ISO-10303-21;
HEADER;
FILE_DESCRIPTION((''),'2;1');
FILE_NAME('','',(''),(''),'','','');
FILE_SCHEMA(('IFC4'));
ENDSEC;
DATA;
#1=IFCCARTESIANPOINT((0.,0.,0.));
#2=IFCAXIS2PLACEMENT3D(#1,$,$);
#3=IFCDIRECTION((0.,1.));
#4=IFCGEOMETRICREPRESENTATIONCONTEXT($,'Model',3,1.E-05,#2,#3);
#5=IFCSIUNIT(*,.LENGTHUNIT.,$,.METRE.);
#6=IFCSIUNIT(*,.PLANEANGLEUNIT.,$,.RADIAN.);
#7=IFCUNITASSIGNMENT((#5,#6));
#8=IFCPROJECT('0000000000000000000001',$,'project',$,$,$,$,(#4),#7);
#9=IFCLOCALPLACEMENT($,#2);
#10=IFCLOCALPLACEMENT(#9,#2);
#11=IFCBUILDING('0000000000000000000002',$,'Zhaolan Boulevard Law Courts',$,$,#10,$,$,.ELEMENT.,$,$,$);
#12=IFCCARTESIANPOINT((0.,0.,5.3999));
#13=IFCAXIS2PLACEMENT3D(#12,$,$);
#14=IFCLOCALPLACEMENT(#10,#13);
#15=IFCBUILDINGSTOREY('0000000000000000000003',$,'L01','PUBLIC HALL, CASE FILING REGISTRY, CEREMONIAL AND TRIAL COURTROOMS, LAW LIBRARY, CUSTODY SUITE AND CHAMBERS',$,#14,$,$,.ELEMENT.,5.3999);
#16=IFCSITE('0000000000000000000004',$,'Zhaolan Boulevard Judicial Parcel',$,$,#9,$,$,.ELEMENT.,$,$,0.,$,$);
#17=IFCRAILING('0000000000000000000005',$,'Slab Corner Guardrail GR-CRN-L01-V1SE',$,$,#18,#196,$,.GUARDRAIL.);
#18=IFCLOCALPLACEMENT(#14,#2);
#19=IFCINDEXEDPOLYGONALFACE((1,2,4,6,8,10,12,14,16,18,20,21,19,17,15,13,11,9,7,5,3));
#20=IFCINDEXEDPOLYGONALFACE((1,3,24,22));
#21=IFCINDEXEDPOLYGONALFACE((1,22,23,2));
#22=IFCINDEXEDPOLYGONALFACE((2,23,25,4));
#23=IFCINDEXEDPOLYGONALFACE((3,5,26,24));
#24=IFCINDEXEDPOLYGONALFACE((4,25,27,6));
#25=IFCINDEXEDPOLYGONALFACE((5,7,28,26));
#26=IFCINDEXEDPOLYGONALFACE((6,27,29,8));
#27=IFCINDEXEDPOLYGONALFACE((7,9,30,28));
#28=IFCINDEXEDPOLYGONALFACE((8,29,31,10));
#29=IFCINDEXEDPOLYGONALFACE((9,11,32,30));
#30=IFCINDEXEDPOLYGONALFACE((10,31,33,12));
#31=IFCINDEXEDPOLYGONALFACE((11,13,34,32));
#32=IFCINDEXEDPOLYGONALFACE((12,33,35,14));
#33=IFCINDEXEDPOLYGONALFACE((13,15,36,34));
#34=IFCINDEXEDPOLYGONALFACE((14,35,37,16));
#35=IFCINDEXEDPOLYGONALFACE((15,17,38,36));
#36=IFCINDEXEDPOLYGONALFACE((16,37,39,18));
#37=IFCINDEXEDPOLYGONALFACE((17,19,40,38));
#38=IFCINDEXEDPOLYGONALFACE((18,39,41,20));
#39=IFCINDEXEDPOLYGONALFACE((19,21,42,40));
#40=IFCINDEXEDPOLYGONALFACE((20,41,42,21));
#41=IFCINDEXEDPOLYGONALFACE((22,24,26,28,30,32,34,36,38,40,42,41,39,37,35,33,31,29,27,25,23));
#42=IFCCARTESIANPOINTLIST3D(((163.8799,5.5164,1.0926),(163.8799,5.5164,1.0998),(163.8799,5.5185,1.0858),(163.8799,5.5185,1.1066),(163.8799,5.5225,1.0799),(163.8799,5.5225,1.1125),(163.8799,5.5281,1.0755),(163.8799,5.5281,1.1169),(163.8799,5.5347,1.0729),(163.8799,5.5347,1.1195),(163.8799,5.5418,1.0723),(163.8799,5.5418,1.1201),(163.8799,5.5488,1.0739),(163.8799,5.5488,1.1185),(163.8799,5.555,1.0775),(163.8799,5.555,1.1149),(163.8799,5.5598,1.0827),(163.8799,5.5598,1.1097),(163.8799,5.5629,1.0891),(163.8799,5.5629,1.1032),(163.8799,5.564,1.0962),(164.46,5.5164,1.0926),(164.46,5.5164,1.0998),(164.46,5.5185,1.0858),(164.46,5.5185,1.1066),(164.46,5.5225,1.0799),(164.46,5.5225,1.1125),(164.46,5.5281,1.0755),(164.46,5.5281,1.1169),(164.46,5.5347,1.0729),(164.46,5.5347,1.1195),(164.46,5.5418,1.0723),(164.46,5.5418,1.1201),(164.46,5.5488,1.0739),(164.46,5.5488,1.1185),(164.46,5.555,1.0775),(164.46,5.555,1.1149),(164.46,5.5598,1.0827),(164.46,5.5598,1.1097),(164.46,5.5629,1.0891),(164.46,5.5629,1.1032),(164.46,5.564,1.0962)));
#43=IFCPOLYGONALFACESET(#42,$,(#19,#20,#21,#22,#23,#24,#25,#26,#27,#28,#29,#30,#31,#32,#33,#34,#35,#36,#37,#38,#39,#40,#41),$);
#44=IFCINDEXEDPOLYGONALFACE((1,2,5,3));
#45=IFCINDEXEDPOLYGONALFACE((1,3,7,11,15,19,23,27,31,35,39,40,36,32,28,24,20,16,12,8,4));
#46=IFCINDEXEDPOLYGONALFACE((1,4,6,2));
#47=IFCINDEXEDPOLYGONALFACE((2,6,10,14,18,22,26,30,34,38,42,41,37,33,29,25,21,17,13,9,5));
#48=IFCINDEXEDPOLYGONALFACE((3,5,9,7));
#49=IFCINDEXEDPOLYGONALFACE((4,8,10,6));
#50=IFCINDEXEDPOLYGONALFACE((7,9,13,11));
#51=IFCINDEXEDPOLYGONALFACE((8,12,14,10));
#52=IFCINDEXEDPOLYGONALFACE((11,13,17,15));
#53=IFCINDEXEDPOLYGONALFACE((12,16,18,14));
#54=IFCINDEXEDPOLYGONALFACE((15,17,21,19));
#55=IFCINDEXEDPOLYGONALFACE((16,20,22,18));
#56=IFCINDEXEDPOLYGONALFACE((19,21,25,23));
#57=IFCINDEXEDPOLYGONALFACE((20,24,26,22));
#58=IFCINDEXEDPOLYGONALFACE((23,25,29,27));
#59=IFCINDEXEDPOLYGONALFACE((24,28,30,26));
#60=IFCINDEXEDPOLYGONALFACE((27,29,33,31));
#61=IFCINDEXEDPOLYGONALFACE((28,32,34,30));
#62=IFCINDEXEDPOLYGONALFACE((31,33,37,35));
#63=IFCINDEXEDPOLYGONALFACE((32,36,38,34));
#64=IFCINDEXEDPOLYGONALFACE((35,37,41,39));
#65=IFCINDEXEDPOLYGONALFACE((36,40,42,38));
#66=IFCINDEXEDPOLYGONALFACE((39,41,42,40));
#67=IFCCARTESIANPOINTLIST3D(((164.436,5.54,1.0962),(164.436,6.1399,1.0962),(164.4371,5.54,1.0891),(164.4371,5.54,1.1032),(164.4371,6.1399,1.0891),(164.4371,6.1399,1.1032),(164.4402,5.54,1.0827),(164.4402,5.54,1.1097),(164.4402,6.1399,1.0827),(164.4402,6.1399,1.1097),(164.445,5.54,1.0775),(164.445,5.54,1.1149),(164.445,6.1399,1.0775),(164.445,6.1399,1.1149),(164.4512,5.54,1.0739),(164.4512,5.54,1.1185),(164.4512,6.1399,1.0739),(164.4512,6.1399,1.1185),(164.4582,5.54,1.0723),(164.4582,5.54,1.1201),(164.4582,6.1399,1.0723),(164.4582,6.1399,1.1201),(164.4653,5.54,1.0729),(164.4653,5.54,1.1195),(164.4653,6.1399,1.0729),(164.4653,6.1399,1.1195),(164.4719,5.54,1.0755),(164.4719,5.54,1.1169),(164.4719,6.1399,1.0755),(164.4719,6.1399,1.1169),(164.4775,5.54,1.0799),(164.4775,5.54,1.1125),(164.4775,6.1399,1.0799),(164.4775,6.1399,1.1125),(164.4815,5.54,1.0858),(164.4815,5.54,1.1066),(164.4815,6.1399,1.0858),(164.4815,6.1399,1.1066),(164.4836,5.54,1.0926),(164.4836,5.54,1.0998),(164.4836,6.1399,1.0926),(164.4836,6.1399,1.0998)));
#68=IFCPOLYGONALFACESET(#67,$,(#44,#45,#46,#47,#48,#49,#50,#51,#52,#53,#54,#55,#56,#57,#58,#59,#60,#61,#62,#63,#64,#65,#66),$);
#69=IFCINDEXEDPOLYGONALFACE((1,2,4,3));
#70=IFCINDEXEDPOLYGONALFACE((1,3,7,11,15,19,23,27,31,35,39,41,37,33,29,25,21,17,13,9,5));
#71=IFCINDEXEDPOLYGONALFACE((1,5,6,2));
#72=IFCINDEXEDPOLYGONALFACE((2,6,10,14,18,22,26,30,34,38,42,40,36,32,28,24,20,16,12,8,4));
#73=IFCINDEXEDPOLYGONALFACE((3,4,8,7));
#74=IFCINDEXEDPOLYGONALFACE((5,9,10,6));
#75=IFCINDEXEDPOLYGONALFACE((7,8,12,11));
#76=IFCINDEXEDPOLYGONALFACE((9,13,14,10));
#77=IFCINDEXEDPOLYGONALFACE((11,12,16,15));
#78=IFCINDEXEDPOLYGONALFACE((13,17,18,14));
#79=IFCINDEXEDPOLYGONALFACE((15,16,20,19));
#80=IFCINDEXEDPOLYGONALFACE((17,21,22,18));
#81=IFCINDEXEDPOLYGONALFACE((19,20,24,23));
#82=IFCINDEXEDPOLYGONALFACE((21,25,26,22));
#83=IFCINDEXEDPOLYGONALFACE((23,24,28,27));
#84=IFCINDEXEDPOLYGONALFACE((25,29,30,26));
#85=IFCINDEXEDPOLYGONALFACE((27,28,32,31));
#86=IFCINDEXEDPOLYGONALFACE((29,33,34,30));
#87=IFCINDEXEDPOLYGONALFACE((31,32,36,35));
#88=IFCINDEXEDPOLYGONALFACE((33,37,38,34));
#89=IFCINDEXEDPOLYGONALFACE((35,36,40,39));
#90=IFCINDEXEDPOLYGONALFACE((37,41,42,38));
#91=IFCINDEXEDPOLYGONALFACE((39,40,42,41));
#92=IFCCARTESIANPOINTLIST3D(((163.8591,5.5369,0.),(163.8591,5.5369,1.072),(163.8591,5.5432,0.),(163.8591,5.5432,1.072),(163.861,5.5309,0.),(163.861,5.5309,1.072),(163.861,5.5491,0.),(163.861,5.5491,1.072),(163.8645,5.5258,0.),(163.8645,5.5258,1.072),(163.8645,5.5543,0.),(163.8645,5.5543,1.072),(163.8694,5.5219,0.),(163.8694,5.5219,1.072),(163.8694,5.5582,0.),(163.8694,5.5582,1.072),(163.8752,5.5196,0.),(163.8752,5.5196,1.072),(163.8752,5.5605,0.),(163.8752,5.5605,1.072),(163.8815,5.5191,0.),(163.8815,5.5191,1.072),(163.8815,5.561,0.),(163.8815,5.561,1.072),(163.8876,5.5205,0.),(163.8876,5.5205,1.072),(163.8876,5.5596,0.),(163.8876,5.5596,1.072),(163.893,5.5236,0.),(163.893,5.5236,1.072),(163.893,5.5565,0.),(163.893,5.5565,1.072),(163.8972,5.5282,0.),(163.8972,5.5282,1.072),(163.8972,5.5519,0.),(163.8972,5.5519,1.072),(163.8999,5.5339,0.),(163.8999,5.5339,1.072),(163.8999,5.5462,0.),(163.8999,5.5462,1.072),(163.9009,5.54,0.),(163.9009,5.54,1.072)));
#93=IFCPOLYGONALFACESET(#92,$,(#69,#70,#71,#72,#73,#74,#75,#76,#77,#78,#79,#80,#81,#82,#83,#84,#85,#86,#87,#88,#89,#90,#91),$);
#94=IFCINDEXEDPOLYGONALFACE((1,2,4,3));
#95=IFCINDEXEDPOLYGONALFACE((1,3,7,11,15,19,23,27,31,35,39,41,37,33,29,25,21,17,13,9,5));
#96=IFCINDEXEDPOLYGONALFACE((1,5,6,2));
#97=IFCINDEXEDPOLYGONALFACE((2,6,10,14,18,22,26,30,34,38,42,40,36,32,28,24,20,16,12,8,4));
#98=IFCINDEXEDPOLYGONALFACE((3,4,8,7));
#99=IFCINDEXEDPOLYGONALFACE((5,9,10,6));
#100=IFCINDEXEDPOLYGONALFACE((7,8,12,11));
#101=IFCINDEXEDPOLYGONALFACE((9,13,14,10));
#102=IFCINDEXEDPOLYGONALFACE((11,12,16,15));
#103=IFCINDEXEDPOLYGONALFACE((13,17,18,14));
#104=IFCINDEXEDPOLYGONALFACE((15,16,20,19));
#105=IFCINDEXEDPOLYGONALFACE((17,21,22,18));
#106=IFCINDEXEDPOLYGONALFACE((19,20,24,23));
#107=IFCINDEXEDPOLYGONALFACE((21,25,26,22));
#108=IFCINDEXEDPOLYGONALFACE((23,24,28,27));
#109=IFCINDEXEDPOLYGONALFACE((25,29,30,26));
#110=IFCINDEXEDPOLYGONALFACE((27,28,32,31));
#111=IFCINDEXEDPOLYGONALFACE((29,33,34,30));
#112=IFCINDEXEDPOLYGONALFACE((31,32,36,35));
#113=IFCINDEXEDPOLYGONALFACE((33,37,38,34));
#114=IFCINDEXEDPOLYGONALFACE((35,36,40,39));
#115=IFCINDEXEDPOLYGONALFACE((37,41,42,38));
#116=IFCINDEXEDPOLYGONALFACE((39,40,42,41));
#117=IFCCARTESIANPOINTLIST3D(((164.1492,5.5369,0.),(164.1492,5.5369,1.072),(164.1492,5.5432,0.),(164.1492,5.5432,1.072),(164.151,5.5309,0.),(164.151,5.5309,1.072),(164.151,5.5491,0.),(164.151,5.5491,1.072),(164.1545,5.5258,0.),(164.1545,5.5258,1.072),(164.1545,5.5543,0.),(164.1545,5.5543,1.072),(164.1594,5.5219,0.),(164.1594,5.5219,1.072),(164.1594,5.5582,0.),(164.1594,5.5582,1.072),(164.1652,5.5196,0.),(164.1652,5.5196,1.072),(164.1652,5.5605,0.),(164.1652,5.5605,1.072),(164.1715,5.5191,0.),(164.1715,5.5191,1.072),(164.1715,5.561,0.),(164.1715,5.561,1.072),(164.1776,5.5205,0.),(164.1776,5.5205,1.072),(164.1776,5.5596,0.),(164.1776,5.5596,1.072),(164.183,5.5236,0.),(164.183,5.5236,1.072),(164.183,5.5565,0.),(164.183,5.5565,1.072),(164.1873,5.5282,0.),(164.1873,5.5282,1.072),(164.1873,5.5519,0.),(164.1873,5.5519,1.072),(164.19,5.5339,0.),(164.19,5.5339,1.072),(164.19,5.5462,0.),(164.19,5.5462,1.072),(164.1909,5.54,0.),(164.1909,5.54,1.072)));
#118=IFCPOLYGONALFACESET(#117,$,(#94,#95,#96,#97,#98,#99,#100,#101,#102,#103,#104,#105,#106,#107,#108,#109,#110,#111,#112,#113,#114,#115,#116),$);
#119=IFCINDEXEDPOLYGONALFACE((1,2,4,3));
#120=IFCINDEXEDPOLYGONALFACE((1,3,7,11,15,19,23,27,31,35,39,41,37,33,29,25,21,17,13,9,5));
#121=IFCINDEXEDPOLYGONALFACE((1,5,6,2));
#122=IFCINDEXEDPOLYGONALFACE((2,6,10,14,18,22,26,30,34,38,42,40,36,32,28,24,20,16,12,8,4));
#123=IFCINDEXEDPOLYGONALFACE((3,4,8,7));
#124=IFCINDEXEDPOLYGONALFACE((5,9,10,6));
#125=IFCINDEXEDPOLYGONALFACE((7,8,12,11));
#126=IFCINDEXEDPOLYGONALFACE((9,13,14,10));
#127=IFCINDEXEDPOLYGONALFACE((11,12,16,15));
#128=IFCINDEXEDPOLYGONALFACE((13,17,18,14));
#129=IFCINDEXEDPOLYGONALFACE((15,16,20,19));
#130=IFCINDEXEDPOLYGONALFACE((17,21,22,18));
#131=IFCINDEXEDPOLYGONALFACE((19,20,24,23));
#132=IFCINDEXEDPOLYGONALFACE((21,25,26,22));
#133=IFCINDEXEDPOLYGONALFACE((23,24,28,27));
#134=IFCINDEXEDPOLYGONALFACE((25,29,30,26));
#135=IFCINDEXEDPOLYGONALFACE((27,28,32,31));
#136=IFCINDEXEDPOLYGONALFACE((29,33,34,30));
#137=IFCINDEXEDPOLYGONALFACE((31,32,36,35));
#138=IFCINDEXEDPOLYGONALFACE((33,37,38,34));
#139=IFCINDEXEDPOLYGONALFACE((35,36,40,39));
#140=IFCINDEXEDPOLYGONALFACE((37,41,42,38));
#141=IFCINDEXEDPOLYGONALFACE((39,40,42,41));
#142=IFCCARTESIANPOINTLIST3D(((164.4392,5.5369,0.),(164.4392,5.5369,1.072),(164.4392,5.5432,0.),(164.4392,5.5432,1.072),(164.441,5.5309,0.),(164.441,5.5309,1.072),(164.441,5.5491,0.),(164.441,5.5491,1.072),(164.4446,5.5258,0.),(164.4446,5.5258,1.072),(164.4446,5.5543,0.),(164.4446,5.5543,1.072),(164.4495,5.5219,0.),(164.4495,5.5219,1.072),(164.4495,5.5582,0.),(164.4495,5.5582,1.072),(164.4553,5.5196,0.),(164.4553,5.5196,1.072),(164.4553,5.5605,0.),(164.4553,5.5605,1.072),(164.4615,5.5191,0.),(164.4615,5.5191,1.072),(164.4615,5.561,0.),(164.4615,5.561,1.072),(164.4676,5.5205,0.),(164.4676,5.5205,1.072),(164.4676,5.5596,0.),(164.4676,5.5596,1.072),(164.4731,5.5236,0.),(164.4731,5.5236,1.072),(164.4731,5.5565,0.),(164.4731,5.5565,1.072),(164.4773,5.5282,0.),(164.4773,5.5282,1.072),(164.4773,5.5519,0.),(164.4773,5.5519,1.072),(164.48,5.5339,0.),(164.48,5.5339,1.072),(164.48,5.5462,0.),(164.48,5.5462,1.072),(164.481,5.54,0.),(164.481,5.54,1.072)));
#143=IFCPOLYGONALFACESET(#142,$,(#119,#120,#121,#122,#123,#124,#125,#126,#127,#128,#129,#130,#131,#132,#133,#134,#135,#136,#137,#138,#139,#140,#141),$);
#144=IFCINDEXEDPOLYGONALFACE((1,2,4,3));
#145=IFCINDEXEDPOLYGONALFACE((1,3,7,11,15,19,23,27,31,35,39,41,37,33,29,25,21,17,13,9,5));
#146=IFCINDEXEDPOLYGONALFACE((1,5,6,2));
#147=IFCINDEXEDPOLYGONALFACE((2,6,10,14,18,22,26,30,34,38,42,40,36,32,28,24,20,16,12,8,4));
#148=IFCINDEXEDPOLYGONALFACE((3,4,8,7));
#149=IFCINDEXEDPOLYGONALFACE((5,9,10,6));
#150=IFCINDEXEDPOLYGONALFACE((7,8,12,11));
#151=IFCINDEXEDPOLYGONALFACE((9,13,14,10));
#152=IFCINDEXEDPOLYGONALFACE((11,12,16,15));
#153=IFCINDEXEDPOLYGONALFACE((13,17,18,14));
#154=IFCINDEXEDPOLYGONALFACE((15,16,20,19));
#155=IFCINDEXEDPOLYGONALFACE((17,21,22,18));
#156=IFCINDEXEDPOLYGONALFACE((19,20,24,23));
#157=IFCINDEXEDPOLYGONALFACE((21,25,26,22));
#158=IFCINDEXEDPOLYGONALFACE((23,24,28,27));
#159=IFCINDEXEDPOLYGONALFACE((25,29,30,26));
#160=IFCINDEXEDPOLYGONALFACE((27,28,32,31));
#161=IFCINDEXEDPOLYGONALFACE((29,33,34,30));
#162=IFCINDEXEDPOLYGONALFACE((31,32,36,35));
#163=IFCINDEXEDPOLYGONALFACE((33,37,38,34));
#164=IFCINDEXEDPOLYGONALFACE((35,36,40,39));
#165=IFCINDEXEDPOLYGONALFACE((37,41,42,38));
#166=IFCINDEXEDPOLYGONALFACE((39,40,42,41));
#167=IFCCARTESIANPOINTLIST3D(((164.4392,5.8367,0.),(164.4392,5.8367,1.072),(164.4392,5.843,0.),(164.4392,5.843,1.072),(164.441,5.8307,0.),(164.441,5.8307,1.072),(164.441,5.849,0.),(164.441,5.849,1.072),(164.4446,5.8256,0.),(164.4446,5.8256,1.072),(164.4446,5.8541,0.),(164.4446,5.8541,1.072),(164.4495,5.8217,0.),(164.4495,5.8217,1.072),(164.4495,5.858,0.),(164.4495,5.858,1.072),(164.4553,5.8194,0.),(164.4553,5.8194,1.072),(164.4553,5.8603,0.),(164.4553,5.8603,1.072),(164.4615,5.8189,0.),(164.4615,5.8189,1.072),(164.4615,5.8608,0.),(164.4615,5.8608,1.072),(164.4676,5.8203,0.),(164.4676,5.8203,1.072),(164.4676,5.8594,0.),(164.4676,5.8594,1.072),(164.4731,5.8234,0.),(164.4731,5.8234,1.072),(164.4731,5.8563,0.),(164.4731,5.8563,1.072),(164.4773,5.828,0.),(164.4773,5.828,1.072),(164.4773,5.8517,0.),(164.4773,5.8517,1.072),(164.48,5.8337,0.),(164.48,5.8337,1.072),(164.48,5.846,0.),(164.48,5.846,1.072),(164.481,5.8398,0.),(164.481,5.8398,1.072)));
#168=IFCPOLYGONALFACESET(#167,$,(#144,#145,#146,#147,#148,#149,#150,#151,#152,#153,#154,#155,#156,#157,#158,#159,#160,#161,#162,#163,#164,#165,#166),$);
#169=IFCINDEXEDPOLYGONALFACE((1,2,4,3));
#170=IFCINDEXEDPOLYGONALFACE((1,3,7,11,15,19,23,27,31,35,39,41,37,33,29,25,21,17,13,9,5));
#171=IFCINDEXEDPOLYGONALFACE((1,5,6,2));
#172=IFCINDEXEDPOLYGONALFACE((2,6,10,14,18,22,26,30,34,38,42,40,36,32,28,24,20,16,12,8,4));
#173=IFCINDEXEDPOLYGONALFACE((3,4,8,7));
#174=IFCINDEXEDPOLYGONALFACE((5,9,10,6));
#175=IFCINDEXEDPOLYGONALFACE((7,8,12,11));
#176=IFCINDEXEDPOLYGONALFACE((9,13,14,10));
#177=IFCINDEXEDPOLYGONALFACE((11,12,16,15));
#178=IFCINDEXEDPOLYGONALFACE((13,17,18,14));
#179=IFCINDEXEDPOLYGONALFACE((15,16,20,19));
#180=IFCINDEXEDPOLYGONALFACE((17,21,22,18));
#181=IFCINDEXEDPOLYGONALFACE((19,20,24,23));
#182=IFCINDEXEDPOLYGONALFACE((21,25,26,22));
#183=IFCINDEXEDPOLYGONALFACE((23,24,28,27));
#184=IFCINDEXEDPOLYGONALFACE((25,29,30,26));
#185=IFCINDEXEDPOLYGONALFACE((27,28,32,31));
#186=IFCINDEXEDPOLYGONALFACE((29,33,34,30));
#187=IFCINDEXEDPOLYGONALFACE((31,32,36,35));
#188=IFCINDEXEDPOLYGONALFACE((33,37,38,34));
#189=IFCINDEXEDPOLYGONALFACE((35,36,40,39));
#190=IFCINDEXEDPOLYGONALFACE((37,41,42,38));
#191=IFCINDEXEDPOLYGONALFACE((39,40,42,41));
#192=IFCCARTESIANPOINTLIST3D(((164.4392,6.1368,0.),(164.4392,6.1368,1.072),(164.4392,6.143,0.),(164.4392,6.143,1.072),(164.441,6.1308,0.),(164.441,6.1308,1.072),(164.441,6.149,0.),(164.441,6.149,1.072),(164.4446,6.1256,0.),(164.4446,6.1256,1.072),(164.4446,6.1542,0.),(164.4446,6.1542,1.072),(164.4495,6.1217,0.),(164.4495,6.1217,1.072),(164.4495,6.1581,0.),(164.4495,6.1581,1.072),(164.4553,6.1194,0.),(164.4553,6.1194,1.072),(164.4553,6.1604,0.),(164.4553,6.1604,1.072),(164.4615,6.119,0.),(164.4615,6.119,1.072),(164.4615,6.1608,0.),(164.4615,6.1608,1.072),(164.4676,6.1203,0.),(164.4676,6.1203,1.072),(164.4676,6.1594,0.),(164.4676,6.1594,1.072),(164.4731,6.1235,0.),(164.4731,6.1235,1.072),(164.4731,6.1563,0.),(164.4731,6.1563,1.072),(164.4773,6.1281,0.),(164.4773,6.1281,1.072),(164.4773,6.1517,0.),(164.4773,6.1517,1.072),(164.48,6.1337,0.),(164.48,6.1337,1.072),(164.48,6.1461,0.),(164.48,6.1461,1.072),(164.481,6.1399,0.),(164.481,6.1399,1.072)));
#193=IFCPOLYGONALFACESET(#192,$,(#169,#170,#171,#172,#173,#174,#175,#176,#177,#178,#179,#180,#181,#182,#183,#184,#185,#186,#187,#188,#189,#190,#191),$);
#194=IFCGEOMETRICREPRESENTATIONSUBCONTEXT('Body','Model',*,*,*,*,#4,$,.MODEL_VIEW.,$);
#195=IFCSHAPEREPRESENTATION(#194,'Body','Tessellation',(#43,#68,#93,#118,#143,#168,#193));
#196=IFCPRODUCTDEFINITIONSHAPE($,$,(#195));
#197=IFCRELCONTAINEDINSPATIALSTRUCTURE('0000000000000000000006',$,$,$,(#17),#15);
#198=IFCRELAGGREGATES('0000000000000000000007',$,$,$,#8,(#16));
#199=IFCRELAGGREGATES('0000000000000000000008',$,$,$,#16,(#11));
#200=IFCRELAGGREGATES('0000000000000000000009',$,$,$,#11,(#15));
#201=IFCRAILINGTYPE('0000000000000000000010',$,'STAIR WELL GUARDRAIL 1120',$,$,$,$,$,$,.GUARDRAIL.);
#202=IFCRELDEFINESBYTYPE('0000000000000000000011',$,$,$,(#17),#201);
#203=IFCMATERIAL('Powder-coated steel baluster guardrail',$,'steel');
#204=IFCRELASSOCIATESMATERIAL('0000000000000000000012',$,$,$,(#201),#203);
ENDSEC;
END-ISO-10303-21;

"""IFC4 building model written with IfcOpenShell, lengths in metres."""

from ifc_helpers import new_model, si_unit, direction, frame, origin, origin_2d, place, context, subcontext, project, spatial, circle, extrude, material, type_object, element, save


model = new_model("IFC4")

# Units and contexts
model_context = context("Model", 3, precision=1e-05, world=origin(), true_north=direction((0.0, 1.0)))
body_context = subcontext(model_context, "Body", "Model", "MODEL_VIEW")
ifc_project = project(units=[si_unit("LENGTHUNIT", "METRE"), si_unit("PLANEANGLEUNIT", "RADIAN")], contexts=[model_context])

# Site, building, storey
site_placement = place(None, origin())
site = spatial("IfcSite", under=ifc_project, at=site_placement, Name="Zhaolan Boulevard Judicial Parcel", CompositionType="ELEMENT", RefElevation=0.0)
building_placement = place(site_placement, origin())
building = spatial("IfcBuilding", under=site, at=building_placement, Name="Zhaolan Boulevard Law Courts", CompositionType="ELEMENT")
storey_placement = place(building_placement, frame((0.0, 0.0, 5.3999)))
storey = spatial("IfcBuildingStorey", under=building, at=storey_placement, Name="L01", Description="PUBLIC HALL, CASE FILING REGISTRY, CEREMONIAL AND TRIAL COURTROOMS, LAW LIBRARY, CUSTODY SUITE AND CHAMBERS", CompositionType="ELEMENT", Elevation=5.3999)

# Railing
ifc_material_1 = material(Name="Powder-coated steel baluster guardrail", Category="steel")
railing_type = type_object("IfcRailingType", Name="STAIR WELL GUARDRAIL 1120", PredefinedType="GUARDRAIL", material=ifc_material_1)
railing_placement = place(storey_placement, frame((163.8799, 5.54, 0.0)))
element("IfcRailing", 1, at=railing_placement, inside=storey, type_object=railing_type, Name="Slab Corner Guardrail GR-CRN-L01-V1SE", PredefinedType="GUARDRAIL", context=body_context, shape_type="SweptSolid", body=[
    extrude(circle(Radius=0.0239, at=origin_2d()), frame((0.0, 0.0, 1.0962), z_axis=(1.0, 0.0, 0.0), x_axis=(0.0, 1.0, 0.0)), (0.0, 0.0, 1.0), 0.5801),
    extrude(circle(Radius=0.0239, at=origin_2d()), frame((0.5801, 0.0, 1.0962), z_axis=(0.0, 1.0, 0.0), x_axis=(-1.0, 0.0, 0.0)), (0.0, 0.0, 1.0), 0.5999),
    extrude(circle(Radius=0.021, at=origin_2d()), origin(), (0.0, 0.0, 1.0), 1.072),
    extrude(circle(Radius=0.021, at=origin_2d()), frame((0.29, 0.0, 0.0)), (0.0, 0.0, 1.0), 1.072),
    extrude(circle(Radius=0.021, at=origin_2d()), frame((0.5801, 0.0, 0.0)), (0.0, 0.0, 1.0), 1.072),
    extrude(circle(Radius=0.021, at=origin_2d()), frame((0.5801, 0.2998, 0.0)), (0.0, 0.0, 1.0), 1.072),
    extrude(circle(Radius=0.021, at=origin_2d()), frame((0.5801, 0.5999, 0.0)), (0.0, 0.0, 1.0), 1.072),
])

save(model, "model.ifc")
